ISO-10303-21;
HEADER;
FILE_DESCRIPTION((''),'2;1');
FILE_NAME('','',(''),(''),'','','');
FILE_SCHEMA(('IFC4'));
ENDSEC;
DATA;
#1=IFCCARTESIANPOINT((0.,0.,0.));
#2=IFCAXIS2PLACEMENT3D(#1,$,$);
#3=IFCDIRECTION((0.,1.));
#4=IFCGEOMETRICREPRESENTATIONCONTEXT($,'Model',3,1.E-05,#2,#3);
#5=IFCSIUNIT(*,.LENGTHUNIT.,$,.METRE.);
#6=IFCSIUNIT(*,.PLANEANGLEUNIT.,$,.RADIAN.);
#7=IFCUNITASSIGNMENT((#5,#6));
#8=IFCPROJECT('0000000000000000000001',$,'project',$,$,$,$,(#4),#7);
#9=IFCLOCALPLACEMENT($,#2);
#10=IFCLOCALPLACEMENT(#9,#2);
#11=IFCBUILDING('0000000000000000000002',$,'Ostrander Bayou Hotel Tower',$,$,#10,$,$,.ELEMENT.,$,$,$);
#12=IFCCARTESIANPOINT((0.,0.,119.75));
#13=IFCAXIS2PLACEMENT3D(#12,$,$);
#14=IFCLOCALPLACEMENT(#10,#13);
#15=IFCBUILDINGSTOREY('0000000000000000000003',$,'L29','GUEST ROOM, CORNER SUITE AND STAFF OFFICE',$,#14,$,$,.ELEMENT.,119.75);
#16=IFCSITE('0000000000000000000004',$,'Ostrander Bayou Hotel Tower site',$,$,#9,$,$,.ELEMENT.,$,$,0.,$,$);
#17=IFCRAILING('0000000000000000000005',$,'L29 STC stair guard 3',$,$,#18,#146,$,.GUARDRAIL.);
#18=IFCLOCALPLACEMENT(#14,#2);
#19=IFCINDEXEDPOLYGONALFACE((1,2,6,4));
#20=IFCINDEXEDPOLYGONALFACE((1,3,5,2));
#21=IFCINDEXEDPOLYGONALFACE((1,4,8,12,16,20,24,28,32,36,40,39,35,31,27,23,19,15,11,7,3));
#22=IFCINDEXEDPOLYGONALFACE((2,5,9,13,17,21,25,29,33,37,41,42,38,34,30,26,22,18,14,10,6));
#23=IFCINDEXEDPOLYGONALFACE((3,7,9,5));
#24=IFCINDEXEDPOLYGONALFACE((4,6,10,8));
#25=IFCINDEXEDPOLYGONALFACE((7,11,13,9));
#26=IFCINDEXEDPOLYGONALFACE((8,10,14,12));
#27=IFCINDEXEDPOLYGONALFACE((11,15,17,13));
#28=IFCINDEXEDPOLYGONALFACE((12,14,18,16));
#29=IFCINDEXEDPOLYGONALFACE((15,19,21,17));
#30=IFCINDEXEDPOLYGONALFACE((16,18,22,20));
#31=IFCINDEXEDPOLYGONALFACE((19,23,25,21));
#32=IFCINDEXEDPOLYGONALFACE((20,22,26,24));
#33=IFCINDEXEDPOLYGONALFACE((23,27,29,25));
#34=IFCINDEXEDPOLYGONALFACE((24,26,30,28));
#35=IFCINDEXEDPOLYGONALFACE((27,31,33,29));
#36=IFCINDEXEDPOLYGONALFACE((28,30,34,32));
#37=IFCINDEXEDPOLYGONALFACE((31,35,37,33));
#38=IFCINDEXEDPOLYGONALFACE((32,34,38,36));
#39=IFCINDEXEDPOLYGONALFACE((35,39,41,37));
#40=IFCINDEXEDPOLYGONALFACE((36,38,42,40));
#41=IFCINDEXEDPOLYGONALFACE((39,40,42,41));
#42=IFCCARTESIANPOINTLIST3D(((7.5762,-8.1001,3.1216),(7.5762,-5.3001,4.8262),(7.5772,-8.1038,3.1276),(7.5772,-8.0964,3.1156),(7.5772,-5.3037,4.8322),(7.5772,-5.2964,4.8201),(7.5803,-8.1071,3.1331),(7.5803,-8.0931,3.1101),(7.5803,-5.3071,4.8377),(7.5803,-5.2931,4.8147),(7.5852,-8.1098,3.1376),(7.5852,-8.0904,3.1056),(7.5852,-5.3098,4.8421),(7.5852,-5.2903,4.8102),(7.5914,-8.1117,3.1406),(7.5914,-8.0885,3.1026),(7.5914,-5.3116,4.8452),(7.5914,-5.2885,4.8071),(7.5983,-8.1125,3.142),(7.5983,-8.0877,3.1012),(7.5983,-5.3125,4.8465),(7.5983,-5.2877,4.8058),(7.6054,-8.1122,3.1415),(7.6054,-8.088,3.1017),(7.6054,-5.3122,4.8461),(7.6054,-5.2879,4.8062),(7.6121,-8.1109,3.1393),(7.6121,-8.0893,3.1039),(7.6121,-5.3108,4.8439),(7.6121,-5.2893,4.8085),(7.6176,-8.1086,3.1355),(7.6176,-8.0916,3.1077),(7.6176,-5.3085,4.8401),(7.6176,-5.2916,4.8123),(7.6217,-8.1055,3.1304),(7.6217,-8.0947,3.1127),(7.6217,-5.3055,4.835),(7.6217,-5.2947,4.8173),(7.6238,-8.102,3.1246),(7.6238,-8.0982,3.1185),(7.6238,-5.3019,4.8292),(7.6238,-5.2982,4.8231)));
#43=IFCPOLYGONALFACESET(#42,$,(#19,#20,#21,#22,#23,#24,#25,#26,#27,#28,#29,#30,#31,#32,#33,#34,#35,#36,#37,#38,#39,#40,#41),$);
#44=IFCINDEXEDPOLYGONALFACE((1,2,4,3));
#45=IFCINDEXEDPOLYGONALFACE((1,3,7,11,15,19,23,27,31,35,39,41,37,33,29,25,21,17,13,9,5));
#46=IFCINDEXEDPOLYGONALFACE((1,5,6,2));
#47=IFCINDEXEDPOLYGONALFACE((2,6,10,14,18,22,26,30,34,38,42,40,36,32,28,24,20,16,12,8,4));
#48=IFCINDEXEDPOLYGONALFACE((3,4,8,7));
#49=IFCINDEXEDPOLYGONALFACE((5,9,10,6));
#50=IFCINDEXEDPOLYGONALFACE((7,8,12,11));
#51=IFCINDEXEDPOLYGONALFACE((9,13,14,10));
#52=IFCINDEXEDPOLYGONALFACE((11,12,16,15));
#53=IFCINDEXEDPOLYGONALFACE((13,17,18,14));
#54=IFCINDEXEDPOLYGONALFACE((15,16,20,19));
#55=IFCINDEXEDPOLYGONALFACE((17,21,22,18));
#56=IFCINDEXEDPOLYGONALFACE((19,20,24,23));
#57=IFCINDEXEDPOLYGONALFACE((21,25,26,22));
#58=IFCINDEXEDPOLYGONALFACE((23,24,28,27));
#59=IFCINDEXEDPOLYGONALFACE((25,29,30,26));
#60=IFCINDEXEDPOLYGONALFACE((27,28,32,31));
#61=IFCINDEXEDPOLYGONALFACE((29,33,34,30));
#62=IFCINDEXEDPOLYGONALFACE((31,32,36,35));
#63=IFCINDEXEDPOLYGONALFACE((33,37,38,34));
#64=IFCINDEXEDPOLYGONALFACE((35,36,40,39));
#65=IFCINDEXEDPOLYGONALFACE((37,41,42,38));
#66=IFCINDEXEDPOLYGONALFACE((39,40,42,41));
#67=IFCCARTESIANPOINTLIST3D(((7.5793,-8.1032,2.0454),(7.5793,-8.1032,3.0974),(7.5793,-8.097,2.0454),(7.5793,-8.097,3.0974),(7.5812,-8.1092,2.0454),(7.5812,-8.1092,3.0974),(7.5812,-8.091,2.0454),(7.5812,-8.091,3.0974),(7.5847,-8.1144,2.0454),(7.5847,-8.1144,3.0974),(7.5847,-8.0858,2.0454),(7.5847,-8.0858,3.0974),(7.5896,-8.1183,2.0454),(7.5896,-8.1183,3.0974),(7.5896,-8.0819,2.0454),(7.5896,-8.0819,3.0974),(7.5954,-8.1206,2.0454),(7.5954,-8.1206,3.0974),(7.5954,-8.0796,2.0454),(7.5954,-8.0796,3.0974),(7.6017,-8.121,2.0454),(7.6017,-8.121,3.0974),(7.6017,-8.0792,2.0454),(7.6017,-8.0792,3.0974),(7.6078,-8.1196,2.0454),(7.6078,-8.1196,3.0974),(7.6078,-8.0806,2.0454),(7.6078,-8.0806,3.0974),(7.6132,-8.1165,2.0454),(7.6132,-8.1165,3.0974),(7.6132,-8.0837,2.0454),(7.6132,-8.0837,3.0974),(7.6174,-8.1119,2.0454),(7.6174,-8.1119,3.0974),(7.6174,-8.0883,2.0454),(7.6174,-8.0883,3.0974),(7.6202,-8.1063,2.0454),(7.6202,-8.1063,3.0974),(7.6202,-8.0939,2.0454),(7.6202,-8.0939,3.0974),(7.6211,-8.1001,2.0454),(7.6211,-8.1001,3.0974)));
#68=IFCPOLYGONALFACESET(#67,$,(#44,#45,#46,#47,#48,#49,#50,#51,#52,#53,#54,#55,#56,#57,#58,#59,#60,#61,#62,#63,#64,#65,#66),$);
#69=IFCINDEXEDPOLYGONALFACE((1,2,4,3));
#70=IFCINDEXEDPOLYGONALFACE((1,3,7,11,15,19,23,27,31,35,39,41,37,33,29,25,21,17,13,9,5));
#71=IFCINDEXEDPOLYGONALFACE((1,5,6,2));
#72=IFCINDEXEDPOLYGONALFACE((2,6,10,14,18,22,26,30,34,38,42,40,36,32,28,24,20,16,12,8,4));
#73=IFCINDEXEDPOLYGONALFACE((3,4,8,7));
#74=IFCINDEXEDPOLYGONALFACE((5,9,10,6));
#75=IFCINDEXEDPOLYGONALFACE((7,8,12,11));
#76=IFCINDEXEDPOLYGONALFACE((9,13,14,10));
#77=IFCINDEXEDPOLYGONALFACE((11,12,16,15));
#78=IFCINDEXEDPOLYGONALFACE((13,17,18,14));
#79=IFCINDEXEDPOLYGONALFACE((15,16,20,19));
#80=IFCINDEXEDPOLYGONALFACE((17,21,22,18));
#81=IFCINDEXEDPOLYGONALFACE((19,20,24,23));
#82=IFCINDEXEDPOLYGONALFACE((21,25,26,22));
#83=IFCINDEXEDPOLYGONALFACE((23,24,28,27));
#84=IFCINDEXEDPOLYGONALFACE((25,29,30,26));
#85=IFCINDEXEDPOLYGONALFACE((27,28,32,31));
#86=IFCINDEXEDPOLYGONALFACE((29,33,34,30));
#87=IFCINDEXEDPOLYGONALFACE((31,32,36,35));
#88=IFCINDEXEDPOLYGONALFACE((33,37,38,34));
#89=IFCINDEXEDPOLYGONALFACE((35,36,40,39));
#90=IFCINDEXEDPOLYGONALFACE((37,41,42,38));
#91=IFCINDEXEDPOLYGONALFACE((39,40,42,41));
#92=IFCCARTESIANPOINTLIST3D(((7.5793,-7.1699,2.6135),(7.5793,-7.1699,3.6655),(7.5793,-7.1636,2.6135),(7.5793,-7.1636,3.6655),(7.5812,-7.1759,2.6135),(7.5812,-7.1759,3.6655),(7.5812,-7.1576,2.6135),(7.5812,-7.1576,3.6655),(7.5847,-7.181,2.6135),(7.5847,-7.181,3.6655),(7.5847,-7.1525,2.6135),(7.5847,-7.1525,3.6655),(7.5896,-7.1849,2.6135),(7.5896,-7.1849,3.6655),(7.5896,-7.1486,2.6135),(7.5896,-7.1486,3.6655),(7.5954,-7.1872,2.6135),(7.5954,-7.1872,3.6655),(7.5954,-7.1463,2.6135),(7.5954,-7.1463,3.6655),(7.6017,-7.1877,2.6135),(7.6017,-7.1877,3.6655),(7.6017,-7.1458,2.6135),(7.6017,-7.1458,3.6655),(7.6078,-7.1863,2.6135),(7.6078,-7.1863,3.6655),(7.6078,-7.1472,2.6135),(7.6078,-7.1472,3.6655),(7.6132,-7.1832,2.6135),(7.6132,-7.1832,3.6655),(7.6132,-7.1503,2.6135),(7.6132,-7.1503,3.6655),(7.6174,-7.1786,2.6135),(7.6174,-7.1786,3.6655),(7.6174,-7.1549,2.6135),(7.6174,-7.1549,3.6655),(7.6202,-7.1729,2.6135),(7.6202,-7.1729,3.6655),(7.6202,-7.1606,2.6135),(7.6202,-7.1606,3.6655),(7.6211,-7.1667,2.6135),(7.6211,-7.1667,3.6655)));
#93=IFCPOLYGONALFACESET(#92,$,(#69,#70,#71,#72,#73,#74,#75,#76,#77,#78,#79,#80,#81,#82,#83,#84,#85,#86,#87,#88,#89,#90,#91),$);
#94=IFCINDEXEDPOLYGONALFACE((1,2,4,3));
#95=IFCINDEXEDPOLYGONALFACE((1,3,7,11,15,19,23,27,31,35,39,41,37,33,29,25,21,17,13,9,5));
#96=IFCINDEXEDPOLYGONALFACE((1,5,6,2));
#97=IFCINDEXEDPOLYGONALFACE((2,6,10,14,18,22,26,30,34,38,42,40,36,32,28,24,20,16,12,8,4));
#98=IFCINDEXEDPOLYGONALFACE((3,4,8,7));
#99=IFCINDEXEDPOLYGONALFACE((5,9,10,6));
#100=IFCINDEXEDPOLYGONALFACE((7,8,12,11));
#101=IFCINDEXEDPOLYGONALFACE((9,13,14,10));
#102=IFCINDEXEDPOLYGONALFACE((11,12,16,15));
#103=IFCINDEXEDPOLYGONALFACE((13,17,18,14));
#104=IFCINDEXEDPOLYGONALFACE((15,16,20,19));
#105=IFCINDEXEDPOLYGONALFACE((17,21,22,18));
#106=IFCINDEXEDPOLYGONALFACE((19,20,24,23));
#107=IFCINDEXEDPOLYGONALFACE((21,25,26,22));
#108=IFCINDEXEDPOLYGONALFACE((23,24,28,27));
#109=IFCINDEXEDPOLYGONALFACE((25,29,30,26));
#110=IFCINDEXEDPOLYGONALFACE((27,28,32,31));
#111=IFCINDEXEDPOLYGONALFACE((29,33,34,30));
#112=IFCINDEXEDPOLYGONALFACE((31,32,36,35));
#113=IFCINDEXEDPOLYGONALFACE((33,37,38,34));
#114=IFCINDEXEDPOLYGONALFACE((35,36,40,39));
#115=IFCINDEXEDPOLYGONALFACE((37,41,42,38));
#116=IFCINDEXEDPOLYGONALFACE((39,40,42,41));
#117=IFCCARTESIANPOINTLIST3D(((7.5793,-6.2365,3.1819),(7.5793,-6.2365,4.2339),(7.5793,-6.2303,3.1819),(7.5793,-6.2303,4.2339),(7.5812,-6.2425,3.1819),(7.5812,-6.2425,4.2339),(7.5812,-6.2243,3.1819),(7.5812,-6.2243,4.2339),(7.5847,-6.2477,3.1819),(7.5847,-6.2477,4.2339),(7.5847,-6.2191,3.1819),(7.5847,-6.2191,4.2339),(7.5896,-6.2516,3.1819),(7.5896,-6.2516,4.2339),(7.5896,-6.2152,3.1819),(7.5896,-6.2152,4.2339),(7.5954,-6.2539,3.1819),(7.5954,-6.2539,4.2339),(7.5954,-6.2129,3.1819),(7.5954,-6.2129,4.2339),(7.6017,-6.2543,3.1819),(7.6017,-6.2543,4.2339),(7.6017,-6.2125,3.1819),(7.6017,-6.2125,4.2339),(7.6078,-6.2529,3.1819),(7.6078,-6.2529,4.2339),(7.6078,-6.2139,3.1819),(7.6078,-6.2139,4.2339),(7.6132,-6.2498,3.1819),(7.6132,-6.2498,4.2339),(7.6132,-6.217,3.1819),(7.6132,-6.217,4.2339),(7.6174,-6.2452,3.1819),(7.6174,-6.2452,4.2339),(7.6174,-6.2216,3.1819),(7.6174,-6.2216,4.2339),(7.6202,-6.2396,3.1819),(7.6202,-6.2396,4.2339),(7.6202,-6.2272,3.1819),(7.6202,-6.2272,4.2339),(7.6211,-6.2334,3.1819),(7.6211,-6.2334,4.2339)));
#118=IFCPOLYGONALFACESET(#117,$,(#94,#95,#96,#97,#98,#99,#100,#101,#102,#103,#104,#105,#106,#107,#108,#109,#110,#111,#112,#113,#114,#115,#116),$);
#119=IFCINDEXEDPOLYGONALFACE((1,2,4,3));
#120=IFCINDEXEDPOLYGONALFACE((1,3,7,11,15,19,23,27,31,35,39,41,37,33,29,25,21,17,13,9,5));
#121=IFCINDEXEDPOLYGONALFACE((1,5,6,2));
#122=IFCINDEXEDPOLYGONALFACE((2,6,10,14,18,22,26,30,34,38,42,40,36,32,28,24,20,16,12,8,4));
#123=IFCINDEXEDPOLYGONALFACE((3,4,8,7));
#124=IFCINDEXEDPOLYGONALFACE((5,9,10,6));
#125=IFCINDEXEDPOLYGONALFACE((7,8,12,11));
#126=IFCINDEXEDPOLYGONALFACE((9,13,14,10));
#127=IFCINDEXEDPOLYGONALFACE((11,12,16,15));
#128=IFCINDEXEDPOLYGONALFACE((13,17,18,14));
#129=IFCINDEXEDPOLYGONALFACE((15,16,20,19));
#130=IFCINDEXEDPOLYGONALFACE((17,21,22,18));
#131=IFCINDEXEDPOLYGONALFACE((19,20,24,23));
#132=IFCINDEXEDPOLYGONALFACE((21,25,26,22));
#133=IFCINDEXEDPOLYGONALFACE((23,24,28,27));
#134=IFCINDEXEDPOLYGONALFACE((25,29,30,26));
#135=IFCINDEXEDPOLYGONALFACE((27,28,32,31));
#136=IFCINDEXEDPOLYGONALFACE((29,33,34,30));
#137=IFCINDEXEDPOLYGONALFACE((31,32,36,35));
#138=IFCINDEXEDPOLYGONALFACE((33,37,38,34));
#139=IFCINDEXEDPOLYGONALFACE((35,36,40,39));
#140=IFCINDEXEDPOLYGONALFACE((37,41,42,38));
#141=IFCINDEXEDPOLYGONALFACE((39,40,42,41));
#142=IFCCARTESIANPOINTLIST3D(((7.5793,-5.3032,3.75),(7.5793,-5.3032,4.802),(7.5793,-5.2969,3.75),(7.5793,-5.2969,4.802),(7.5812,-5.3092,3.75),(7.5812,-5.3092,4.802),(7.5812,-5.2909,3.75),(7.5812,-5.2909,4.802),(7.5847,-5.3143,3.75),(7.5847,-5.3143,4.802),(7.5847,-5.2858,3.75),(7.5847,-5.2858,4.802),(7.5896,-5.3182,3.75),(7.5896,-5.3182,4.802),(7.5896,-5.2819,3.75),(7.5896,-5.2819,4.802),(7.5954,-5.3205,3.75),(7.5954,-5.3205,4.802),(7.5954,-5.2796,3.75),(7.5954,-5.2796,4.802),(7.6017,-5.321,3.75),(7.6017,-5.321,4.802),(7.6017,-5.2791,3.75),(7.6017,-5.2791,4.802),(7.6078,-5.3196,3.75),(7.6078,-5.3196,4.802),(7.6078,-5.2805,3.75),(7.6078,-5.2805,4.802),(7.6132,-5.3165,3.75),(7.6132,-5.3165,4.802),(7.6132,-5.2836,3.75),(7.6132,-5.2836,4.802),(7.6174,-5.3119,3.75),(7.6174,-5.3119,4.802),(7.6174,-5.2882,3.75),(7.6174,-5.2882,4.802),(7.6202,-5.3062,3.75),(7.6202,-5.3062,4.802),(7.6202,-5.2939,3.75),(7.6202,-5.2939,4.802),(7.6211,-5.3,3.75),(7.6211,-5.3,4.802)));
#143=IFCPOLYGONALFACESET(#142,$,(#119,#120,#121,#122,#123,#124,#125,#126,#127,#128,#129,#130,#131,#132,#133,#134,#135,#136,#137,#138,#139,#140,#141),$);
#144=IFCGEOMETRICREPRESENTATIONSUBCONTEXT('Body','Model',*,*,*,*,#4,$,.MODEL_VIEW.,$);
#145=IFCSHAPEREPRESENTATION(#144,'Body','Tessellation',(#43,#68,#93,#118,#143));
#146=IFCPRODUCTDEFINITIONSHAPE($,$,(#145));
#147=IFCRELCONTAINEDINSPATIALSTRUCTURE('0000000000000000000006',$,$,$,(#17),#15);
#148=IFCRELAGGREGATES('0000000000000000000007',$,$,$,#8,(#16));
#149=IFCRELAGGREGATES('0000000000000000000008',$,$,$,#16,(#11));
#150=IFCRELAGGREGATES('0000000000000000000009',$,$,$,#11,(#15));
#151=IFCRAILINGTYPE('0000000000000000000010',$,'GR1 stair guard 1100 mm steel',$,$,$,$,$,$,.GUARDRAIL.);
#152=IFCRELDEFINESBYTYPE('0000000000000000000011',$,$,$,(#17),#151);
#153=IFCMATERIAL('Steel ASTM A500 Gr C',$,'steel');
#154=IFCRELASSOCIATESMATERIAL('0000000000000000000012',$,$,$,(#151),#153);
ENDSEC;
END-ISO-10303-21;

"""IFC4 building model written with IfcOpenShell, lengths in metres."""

from ifc_helpers import new_model, si_unit, direction, frame, origin, origin_2d, place, context, subcontext, project, spatial, circle, extrude, material, type_object, element, save


model = new_model("IFC4")

# Units and contexts
model_context = context("Model", 3, precision=1e-05, world=origin(), true_north=direction((0.0, 1.0)))
body_context = subcontext(model_context, "Body", "Model", "MODEL_VIEW")
ifc_project = project(units=[si_unit("LENGTHUNIT", "METRE"), si_unit("PLANEANGLEUNIT", "RADIAN")], contexts=[model_context])

# Site, building, storey
site_placement = place(None, origin())
site = spatial("IfcSite", under=ifc_project, at=site_placement, Name="Ostrander Bayou Hotel Tower site", CompositionType="ELEMENT", RefElevation=0.0)
building_placement = place(site_placement, origin())
building = spatial("IfcBuilding", under=site, at=building_placement, Name="Ostrander Bayou Hotel Tower", CompositionType="ELEMENT")
storey_placement = place(building_placement, frame((0.0, 0.0, 119.75)))
storey = spatial("IfcBuildingStorey", under=building, at=storey_placement, Name="L29", Description="GUEST ROOM, CORNER SUITE AND STAFF OFFICE", CompositionType="ELEMENT", Elevation=119.75)

# Railing
ifc_material_1 = material(Name="Steel ASTM A500 Gr C", Category="steel")
railing_type_1 = type_object("IfcRailingType", Name="GR1 stair guard 1100 mm steel", PredefinedType="GUARDRAIL", material=ifc_material_1)
railing_1_placement = place(storey_placement, frame((7.6001, -8.1001, 2.0454)))
element("IfcRailing", 1, at=railing_1_placement, inside=storey, type_object=railing_type_1, Name="L29 STC stair guard 3", PredefinedType="GUARDRAIL", context=body_context, shape_type="SweptSolid", body=[
    extrude(circle(Radius=0.0239, at=origin_2d()), frame((0.0, 0.0, 1.0762), z_axis=(0.0, 0.85417, 0.519994), x_axis=(-1.0, 0.0, 0.0)), (0.0, 0.0, 1.0), 3.2781),
    extrude(circle(Radius=0.021, at=origin_2d()), origin(), (0.0, 0.0, 1.0), 1.052),
    extrude(circle(Radius=0.021, at=origin_2d()), frame((0.0, 0.9333, 0.5681)), (0.0, 0.0, 1.0), 1.052),
    extrude(circle(Radius=0.021, at=origin_2d()), frame((0.0, 1.8667, 1.1365)), (0.0, 0.0, 1.0), 1.052),
    extrude(circle(Radius=0.021, at=origin_2d()), frame((0.0, 2.8, 1.7046)), (0.0, 0.0, 1.0), 1.052),
])

save(model, "model.ifc")
